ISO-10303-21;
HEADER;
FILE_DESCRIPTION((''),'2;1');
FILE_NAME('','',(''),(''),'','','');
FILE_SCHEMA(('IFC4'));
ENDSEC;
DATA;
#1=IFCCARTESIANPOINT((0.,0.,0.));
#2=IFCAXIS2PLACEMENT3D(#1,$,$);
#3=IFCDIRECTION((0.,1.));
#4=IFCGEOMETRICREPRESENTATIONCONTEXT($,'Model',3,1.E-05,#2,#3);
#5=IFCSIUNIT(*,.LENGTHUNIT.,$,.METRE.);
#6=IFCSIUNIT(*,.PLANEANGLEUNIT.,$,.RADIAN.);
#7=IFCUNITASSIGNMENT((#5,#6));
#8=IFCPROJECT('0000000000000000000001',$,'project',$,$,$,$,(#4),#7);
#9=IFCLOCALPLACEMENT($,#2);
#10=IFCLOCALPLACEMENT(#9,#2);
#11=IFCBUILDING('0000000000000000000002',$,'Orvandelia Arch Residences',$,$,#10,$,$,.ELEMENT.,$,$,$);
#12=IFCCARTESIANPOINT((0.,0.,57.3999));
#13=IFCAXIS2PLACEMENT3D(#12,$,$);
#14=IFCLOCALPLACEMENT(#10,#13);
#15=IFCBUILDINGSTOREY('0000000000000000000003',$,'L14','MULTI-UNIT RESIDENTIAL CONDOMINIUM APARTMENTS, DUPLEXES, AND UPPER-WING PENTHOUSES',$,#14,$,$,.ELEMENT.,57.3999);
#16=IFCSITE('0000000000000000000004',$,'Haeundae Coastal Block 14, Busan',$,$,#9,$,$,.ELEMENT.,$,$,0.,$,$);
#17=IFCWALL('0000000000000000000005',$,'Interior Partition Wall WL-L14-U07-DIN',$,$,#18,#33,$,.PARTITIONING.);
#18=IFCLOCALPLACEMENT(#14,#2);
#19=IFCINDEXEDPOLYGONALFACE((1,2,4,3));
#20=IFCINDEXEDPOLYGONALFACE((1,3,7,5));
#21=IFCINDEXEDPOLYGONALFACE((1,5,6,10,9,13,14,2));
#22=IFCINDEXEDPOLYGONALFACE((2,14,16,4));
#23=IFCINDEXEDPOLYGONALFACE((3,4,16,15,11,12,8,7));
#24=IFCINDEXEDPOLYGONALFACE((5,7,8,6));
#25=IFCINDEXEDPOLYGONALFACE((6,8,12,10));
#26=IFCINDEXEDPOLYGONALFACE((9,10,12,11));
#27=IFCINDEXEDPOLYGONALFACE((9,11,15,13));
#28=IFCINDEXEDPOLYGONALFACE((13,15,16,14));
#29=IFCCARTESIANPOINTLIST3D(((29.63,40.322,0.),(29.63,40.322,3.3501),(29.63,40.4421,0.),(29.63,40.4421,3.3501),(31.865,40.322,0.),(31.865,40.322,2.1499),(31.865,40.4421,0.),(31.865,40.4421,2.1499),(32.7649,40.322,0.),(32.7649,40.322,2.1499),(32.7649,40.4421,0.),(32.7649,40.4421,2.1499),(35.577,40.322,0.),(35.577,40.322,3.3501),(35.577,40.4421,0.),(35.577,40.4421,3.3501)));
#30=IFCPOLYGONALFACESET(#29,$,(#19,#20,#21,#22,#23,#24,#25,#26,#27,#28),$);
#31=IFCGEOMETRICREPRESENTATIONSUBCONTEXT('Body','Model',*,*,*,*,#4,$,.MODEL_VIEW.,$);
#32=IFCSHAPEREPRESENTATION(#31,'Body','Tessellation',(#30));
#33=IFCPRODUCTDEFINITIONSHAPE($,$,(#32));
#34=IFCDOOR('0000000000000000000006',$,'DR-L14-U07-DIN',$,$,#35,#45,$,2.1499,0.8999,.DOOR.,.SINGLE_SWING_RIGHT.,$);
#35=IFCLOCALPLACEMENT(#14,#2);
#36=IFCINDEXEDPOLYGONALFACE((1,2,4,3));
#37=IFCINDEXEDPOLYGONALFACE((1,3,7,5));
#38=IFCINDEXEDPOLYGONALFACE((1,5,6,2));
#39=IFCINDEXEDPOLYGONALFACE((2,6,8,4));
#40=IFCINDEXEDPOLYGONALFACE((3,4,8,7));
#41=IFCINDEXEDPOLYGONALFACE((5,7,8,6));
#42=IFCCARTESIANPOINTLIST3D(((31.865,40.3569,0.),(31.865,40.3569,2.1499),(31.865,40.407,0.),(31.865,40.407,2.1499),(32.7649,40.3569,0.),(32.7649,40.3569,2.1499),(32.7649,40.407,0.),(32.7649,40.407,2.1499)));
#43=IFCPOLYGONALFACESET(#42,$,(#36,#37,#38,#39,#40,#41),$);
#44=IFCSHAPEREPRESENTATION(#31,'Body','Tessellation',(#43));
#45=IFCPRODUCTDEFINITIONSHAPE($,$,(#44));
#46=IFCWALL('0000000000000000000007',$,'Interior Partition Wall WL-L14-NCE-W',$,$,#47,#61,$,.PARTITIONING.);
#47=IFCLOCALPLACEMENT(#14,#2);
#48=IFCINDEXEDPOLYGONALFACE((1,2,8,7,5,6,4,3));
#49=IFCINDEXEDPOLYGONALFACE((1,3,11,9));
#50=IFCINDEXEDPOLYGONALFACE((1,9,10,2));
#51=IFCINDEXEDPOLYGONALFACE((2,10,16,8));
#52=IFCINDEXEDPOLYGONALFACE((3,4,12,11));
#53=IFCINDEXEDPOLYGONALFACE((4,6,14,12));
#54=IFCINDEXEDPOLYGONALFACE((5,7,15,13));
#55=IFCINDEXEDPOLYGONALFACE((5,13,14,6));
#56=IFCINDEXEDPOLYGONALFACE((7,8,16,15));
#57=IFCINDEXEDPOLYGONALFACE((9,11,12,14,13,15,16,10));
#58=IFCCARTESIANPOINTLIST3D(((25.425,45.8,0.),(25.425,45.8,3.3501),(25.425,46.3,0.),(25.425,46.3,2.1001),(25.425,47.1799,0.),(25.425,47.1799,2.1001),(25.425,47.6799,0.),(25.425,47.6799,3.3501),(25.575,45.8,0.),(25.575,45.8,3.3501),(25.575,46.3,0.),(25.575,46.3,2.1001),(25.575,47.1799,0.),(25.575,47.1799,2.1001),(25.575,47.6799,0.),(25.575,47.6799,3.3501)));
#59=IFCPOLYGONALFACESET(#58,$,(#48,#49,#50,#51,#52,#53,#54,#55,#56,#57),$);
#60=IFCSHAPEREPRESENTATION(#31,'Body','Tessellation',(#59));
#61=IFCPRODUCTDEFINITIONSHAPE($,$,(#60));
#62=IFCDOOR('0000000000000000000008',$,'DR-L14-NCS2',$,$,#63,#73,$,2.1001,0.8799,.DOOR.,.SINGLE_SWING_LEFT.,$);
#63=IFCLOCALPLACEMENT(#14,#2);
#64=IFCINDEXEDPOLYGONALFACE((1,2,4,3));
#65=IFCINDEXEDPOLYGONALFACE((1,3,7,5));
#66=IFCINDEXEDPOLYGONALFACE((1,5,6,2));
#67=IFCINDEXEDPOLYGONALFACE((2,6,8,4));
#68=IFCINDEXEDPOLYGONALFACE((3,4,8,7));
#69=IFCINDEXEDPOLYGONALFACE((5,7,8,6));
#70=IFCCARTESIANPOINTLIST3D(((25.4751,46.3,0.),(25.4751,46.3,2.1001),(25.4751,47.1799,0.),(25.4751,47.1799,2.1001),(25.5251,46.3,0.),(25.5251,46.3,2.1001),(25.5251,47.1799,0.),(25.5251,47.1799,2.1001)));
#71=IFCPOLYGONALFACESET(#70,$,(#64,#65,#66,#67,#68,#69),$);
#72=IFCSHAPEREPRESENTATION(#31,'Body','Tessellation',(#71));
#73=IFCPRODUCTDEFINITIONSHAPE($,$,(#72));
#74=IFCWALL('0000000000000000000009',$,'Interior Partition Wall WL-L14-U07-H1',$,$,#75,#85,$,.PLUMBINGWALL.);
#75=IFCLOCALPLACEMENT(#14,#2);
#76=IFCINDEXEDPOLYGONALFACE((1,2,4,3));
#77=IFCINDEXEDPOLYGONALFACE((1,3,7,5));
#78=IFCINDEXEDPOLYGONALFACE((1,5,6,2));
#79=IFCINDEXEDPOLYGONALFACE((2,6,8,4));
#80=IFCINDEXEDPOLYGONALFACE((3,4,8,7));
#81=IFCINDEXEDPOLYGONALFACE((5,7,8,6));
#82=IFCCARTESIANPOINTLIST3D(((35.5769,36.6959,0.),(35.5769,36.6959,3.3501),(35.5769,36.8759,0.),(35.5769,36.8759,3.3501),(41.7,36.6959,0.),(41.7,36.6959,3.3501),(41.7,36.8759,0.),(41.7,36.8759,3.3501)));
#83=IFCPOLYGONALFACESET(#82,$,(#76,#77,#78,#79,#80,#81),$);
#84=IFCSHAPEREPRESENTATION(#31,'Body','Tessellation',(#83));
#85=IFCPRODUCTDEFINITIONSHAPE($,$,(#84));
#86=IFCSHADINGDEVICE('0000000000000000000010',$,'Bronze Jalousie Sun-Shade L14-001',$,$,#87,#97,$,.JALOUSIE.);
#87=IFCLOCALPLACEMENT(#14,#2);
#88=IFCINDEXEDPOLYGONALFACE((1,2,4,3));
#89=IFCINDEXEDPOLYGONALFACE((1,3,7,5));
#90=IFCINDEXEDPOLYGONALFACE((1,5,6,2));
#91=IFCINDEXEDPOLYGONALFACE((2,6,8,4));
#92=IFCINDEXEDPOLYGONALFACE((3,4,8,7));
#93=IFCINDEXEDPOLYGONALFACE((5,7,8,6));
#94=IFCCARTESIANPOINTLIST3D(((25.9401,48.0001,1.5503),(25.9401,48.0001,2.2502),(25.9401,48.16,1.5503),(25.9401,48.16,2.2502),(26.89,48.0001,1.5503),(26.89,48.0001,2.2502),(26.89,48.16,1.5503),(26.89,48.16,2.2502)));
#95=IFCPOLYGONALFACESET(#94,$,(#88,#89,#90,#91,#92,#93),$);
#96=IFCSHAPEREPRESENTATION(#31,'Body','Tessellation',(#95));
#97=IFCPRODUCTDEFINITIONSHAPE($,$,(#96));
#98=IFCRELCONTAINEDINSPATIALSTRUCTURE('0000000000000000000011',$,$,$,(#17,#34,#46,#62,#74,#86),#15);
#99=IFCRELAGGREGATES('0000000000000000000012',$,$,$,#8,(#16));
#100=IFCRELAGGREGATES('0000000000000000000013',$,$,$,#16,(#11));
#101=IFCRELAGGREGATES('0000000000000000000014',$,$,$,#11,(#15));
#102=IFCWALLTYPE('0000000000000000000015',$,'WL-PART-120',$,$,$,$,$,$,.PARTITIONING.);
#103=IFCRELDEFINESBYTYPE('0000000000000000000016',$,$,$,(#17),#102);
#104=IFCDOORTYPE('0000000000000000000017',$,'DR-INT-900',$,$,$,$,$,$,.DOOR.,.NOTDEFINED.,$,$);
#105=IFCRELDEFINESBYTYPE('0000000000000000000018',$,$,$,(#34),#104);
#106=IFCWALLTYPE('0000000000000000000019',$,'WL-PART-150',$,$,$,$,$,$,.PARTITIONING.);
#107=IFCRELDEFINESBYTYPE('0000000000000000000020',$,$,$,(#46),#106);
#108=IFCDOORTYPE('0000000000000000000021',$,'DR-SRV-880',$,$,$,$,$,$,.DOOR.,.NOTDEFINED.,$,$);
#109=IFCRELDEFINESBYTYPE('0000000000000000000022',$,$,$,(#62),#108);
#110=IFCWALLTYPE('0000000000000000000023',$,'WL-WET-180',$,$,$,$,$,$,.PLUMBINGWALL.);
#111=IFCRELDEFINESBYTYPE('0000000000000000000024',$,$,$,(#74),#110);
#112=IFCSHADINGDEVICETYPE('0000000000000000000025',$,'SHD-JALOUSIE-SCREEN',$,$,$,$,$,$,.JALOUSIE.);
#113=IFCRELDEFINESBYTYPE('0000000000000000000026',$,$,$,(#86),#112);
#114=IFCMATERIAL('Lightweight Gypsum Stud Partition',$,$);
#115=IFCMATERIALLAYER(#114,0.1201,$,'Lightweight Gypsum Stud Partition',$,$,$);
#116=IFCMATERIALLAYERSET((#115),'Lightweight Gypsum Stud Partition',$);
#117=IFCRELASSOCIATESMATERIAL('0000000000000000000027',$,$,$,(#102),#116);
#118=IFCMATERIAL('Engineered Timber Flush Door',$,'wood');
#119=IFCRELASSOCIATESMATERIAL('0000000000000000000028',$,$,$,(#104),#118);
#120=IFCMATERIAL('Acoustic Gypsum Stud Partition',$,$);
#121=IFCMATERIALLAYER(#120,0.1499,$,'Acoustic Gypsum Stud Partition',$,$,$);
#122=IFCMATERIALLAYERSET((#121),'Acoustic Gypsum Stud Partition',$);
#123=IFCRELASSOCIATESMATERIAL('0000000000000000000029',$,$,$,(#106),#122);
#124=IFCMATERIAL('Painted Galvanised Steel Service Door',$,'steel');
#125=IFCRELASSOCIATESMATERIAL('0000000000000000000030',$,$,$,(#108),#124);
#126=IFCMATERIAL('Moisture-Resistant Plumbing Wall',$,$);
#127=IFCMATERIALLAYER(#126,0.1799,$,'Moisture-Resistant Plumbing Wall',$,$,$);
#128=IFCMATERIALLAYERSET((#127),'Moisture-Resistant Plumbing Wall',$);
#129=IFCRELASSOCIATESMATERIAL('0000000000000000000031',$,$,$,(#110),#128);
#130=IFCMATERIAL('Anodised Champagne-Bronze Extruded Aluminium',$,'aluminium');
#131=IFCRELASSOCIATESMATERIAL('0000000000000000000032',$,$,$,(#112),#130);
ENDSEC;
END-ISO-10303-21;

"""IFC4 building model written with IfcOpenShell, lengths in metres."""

from ifc_helpers import new_model, si_unit, direction, frame, frame_2d, origin, origin_2d, place, context, subcontext, project, spatial, rectangle, extrude, material, layer, layer_set, type_object, element, fill, save


model = new_model("IFC4")

# Units and contexts
model_context = context("Model", 3, precision=1e-05, world=origin(), true_north=direction((0.0, 1.0)))
body_context = subcontext(model_context, "Body", "Model", "MODEL_VIEW")
ifc_project = project(units=[si_unit("LENGTHUNIT", "METRE"), si_unit("PLANEANGLEUNIT", "RADIAN")], contexts=[model_context])

# Site, building, storey
site_placement = place(None, origin())
site = spatial("IfcSite", under=ifc_project, at=site_placement, Name="Haeundae Coastal Block 14, Busan", CompositionType="ELEMENT", RefElevation=0.0)
building_placement = place(site_placement, origin())
building = spatial("IfcBuilding", under=site, at=building_placement, Name="Orvandelia Arch Residences", CompositionType="ELEMENT")
storey_placement = place(building_placement, frame((0.0, 0.0, 57.3999)))
storey = spatial("IfcBuildingStorey", under=building, at=storey_placement, Name="L14", Description="MULTI-UNIT RESIDENTIAL CONDOMINIUM APARTMENTS, DUPLEXES, AND UPPER-WING PENTHOUSES", CompositionType="ELEMENT", Elevation=57.3999)

# Walls, openings, doors
ifc_material_1 = material(Name="Lightweight Gypsum Stud Partition")
ifc_layer_1 = layer(ifc_material_1, 0.1201, Name="Lightweight Gypsum Stud Partition")
ifc_layer_set_1 = layer_set([ifc_layer_1], Name="Lightweight Gypsum Stud Partition")
wall_type_1 = type_object("IfcWallType", Name="WL-PART-120", PredefinedType="PARTITIONING", material=ifc_layer_set_1)
wall_1_placement = place(storey_placement, frame((29.6299, 40.3821, 0.0), z_axis=(0.0, 0.0, 1.0), x_axis=(1.0, 0.0, 0.0)))
wall_1 = element("IfcWall", 1, at=wall_1_placement, inside=storey, type_object=wall_type_1, Name="Interior Partition Wall WL-L14-U07-DIN", PredefinedType="PARTITIONING", context=body_context, shape_type="SweptSolid", body=[
    extrude(rectangle(XDim=5.947, YDim=0.1201, at=frame_2d((2.9736, 0.0))), origin(), (0.0, 0.0, 1.0), 3.3501),
])
opening_1_placement = place(wall_1_placement, frame((2.2351, 0.0, 0.0)))
opening_1 = element("IfcOpeningElement", 2, at=opening_1_placement, cuts=wall_1, PredefinedType="OPENING", context=body_context, shape_type="SweptSolid", body=[
    extrude(rectangle(XDim=0.8999, YDim=2.1499, at=frame_2d((0.45, 1.075))), frame((0.0, 0.0701, 0.0), z_axis=(0.0, -1.0, 0.0), x_axis=(1.0, 0.0, 0.0)), (0.0, 0.0, 1.0), 0.1401),
])
ifc_material_2 = material(Name="Engineered Timber Flush Door", Category="wood")
door_type_1 = type_object("IfcDoorType", Name="DR-INT-900", OperationType="NOTDEFINED", PredefinedType="DOOR", material=ifc_material_2)
door_1_placement = place(opening_1_placement, origin())
door_1 = element("IfcDoor", 3, at=door_1_placement, inside=storey, type_object=door_type_1, Name="DR-L14-U07-DIN", OperationType="SINGLE_SWING_RIGHT", OverallHeight=2.1499, OverallWidth=0.8999, PredefinedType="DOOR", context=body_context, shape_type="SweptSolid", body=[
    extrude(rectangle(XDim=0.8999, YDim=2.1499, at=frame_2d((0.45, 1.075))), frame((0.0, 0.0249, 0.0), z_axis=(0.0, -1.0, 0.0), x_axis=(1.0, 0.0, 0.0)), (0.0, 0.0, 1.0), 0.05),
])
fill(opening_1, door_1)
ifc_material_3 = material(Name="Acoustic Gypsum Stud Partition")
ifc_layer_2 = layer(ifc_material_3, 0.1499, Name="Acoustic Gypsum Stud Partition")
ifc_layer_set_2 = layer_set([ifc_layer_2], Name="Acoustic Gypsum Stud Partition")
wall_type_2 = type_object("IfcWallType", Name="WL-PART-150", PredefinedType="PARTITIONING", material=ifc_layer_set_2)
wall_2_placement = place(storey_placement, frame((25.5, 45.8, 0.0), z_axis=(0.0, 0.0, 1.0), x_axis=(0.0, 1.0, 0.0)))
wall_2 = element("IfcWall", 4, at=wall_2_placement, inside=storey, type_object=wall_type_2, Name="Interior Partition Wall WL-L14-NCE-W", PredefinedType="PARTITIONING", context=body_context, shape_type="SweptSolid", body=[
    extrude(rectangle(XDim=1.8799, YDim=0.1499, at=frame_2d((0.9399, 0.0))), origin(), (0.0, 0.0, 1.0), 3.3501),
])
opening_2_placement = place(wall_2_placement, frame((0.5, 0.0, 0.0)))
opening_2 = element("IfcOpeningElement", 5, at=opening_2_placement, cuts=wall_2, PredefinedType="OPENING", context=body_context, shape_type="SweptSolid", body=[
    extrude(rectangle(XDim=0.8799, YDim=2.1001, at=frame_2d((0.4399, 1.05))), frame((0.0, 0.085, 0.0), z_axis=(0.0, -1.0, 0.0), x_axis=(1.0, 0.0, 0.0)), (0.0, 0.0, 1.0), 0.1699),
])
ifc_material_4 = material(Name="Painted Galvanised Steel Service Door", Category="steel")
door_type_2 = type_object("IfcDoorType", Name="DR-SRV-880", OperationType="NOTDEFINED", PredefinedType="DOOR", material=ifc_material_4)
door_2_placement = place(opening_2_placement, origin())
door_2 = element("IfcDoor", 6, at=door_2_placement, inside=storey, type_object=door_type_2, Name="DR-L14-NCS2", OperationType="SINGLE_SWING_LEFT", OverallHeight=2.1001, OverallWidth=0.8799, PredefinedType="DOOR", context=body_context, shape_type="SweptSolid", body=[
    extrude(rectangle(XDim=0.8799, YDim=2.1001, at=frame_2d((0.4399, 1.05))), frame((0.0, 0.0249, 0.0), z_axis=(0.0, -1.0, 0.0), x_axis=(1.0, 0.0, 0.0)), (0.0, 0.0, 1.0), 0.05),
])
fill(opening_2, door_2)

# Wall
ifc_material_5 = material(Name="Moisture-Resistant Plumbing Wall")
ifc_layer_3 = layer(ifc_material_5, 0.1799, Name="Moisture-Resistant Plumbing Wall")
ifc_layer_set_3 = layer_set([ifc_layer_3], Name="Moisture-Resistant Plumbing Wall")
wall_type_3 = type_object("IfcWallType", Name="WL-WET-180", PredefinedType="PLUMBINGWALL", material=ifc_layer_set_3)
wall_3_placement = place(storey_placement, frame((35.5769, 36.7859, 0.0), z_axis=(0.0, 0.0, 1.0), x_axis=(1.0, 0.0, 0.0)))
element("IfcWall", 7, at=wall_3_placement, inside=storey, type_object=wall_type_3, Name="Interior Partition Wall WL-L14-U07-H1", PredefinedType="PLUMBINGWALL", context=body_context, shape_type="SweptSolid", body=[
    extrude(rectangle(XDim=6.123, YDim=0.1799, at=frame_2d((3.0615, 0.0))), origin(), (0.0, 0.0, 1.0), 3.3501),
])

# Shading device
ifc_material_6 = material(Name="Anodised Champagne-Bronze Extruded Aluminium", Category="aluminium")
shading_device_type = type_object("IfcShadingDeviceType", Name="SHD-JALOUSIE-SCREEN", PredefinedType="JALOUSIE", material=ifc_material_6)
shading_device_placement = place(storey_placement, frame((26.415, 48.0801, 1.5503), z_axis=(0.0, 0.0, 1.0), x_axis=(1.0, 0.0, 0.0)))
element("IfcShadingDevice", 8, at=shading_device_placement, inside=storey, type_object=shading_device_type, Name="Bronze Jalousie Sun-Shade L14-001", PredefinedType="JALOUSIE", context=body_context, shape_type="SweptSolid", body=[
    extrude(rectangle(XDim=0.95, YDim=0.1599, at=origin_2d()), origin(), (0.0, 0.0, 1.0), 0.7),
])

save(model, "model.ifc")
